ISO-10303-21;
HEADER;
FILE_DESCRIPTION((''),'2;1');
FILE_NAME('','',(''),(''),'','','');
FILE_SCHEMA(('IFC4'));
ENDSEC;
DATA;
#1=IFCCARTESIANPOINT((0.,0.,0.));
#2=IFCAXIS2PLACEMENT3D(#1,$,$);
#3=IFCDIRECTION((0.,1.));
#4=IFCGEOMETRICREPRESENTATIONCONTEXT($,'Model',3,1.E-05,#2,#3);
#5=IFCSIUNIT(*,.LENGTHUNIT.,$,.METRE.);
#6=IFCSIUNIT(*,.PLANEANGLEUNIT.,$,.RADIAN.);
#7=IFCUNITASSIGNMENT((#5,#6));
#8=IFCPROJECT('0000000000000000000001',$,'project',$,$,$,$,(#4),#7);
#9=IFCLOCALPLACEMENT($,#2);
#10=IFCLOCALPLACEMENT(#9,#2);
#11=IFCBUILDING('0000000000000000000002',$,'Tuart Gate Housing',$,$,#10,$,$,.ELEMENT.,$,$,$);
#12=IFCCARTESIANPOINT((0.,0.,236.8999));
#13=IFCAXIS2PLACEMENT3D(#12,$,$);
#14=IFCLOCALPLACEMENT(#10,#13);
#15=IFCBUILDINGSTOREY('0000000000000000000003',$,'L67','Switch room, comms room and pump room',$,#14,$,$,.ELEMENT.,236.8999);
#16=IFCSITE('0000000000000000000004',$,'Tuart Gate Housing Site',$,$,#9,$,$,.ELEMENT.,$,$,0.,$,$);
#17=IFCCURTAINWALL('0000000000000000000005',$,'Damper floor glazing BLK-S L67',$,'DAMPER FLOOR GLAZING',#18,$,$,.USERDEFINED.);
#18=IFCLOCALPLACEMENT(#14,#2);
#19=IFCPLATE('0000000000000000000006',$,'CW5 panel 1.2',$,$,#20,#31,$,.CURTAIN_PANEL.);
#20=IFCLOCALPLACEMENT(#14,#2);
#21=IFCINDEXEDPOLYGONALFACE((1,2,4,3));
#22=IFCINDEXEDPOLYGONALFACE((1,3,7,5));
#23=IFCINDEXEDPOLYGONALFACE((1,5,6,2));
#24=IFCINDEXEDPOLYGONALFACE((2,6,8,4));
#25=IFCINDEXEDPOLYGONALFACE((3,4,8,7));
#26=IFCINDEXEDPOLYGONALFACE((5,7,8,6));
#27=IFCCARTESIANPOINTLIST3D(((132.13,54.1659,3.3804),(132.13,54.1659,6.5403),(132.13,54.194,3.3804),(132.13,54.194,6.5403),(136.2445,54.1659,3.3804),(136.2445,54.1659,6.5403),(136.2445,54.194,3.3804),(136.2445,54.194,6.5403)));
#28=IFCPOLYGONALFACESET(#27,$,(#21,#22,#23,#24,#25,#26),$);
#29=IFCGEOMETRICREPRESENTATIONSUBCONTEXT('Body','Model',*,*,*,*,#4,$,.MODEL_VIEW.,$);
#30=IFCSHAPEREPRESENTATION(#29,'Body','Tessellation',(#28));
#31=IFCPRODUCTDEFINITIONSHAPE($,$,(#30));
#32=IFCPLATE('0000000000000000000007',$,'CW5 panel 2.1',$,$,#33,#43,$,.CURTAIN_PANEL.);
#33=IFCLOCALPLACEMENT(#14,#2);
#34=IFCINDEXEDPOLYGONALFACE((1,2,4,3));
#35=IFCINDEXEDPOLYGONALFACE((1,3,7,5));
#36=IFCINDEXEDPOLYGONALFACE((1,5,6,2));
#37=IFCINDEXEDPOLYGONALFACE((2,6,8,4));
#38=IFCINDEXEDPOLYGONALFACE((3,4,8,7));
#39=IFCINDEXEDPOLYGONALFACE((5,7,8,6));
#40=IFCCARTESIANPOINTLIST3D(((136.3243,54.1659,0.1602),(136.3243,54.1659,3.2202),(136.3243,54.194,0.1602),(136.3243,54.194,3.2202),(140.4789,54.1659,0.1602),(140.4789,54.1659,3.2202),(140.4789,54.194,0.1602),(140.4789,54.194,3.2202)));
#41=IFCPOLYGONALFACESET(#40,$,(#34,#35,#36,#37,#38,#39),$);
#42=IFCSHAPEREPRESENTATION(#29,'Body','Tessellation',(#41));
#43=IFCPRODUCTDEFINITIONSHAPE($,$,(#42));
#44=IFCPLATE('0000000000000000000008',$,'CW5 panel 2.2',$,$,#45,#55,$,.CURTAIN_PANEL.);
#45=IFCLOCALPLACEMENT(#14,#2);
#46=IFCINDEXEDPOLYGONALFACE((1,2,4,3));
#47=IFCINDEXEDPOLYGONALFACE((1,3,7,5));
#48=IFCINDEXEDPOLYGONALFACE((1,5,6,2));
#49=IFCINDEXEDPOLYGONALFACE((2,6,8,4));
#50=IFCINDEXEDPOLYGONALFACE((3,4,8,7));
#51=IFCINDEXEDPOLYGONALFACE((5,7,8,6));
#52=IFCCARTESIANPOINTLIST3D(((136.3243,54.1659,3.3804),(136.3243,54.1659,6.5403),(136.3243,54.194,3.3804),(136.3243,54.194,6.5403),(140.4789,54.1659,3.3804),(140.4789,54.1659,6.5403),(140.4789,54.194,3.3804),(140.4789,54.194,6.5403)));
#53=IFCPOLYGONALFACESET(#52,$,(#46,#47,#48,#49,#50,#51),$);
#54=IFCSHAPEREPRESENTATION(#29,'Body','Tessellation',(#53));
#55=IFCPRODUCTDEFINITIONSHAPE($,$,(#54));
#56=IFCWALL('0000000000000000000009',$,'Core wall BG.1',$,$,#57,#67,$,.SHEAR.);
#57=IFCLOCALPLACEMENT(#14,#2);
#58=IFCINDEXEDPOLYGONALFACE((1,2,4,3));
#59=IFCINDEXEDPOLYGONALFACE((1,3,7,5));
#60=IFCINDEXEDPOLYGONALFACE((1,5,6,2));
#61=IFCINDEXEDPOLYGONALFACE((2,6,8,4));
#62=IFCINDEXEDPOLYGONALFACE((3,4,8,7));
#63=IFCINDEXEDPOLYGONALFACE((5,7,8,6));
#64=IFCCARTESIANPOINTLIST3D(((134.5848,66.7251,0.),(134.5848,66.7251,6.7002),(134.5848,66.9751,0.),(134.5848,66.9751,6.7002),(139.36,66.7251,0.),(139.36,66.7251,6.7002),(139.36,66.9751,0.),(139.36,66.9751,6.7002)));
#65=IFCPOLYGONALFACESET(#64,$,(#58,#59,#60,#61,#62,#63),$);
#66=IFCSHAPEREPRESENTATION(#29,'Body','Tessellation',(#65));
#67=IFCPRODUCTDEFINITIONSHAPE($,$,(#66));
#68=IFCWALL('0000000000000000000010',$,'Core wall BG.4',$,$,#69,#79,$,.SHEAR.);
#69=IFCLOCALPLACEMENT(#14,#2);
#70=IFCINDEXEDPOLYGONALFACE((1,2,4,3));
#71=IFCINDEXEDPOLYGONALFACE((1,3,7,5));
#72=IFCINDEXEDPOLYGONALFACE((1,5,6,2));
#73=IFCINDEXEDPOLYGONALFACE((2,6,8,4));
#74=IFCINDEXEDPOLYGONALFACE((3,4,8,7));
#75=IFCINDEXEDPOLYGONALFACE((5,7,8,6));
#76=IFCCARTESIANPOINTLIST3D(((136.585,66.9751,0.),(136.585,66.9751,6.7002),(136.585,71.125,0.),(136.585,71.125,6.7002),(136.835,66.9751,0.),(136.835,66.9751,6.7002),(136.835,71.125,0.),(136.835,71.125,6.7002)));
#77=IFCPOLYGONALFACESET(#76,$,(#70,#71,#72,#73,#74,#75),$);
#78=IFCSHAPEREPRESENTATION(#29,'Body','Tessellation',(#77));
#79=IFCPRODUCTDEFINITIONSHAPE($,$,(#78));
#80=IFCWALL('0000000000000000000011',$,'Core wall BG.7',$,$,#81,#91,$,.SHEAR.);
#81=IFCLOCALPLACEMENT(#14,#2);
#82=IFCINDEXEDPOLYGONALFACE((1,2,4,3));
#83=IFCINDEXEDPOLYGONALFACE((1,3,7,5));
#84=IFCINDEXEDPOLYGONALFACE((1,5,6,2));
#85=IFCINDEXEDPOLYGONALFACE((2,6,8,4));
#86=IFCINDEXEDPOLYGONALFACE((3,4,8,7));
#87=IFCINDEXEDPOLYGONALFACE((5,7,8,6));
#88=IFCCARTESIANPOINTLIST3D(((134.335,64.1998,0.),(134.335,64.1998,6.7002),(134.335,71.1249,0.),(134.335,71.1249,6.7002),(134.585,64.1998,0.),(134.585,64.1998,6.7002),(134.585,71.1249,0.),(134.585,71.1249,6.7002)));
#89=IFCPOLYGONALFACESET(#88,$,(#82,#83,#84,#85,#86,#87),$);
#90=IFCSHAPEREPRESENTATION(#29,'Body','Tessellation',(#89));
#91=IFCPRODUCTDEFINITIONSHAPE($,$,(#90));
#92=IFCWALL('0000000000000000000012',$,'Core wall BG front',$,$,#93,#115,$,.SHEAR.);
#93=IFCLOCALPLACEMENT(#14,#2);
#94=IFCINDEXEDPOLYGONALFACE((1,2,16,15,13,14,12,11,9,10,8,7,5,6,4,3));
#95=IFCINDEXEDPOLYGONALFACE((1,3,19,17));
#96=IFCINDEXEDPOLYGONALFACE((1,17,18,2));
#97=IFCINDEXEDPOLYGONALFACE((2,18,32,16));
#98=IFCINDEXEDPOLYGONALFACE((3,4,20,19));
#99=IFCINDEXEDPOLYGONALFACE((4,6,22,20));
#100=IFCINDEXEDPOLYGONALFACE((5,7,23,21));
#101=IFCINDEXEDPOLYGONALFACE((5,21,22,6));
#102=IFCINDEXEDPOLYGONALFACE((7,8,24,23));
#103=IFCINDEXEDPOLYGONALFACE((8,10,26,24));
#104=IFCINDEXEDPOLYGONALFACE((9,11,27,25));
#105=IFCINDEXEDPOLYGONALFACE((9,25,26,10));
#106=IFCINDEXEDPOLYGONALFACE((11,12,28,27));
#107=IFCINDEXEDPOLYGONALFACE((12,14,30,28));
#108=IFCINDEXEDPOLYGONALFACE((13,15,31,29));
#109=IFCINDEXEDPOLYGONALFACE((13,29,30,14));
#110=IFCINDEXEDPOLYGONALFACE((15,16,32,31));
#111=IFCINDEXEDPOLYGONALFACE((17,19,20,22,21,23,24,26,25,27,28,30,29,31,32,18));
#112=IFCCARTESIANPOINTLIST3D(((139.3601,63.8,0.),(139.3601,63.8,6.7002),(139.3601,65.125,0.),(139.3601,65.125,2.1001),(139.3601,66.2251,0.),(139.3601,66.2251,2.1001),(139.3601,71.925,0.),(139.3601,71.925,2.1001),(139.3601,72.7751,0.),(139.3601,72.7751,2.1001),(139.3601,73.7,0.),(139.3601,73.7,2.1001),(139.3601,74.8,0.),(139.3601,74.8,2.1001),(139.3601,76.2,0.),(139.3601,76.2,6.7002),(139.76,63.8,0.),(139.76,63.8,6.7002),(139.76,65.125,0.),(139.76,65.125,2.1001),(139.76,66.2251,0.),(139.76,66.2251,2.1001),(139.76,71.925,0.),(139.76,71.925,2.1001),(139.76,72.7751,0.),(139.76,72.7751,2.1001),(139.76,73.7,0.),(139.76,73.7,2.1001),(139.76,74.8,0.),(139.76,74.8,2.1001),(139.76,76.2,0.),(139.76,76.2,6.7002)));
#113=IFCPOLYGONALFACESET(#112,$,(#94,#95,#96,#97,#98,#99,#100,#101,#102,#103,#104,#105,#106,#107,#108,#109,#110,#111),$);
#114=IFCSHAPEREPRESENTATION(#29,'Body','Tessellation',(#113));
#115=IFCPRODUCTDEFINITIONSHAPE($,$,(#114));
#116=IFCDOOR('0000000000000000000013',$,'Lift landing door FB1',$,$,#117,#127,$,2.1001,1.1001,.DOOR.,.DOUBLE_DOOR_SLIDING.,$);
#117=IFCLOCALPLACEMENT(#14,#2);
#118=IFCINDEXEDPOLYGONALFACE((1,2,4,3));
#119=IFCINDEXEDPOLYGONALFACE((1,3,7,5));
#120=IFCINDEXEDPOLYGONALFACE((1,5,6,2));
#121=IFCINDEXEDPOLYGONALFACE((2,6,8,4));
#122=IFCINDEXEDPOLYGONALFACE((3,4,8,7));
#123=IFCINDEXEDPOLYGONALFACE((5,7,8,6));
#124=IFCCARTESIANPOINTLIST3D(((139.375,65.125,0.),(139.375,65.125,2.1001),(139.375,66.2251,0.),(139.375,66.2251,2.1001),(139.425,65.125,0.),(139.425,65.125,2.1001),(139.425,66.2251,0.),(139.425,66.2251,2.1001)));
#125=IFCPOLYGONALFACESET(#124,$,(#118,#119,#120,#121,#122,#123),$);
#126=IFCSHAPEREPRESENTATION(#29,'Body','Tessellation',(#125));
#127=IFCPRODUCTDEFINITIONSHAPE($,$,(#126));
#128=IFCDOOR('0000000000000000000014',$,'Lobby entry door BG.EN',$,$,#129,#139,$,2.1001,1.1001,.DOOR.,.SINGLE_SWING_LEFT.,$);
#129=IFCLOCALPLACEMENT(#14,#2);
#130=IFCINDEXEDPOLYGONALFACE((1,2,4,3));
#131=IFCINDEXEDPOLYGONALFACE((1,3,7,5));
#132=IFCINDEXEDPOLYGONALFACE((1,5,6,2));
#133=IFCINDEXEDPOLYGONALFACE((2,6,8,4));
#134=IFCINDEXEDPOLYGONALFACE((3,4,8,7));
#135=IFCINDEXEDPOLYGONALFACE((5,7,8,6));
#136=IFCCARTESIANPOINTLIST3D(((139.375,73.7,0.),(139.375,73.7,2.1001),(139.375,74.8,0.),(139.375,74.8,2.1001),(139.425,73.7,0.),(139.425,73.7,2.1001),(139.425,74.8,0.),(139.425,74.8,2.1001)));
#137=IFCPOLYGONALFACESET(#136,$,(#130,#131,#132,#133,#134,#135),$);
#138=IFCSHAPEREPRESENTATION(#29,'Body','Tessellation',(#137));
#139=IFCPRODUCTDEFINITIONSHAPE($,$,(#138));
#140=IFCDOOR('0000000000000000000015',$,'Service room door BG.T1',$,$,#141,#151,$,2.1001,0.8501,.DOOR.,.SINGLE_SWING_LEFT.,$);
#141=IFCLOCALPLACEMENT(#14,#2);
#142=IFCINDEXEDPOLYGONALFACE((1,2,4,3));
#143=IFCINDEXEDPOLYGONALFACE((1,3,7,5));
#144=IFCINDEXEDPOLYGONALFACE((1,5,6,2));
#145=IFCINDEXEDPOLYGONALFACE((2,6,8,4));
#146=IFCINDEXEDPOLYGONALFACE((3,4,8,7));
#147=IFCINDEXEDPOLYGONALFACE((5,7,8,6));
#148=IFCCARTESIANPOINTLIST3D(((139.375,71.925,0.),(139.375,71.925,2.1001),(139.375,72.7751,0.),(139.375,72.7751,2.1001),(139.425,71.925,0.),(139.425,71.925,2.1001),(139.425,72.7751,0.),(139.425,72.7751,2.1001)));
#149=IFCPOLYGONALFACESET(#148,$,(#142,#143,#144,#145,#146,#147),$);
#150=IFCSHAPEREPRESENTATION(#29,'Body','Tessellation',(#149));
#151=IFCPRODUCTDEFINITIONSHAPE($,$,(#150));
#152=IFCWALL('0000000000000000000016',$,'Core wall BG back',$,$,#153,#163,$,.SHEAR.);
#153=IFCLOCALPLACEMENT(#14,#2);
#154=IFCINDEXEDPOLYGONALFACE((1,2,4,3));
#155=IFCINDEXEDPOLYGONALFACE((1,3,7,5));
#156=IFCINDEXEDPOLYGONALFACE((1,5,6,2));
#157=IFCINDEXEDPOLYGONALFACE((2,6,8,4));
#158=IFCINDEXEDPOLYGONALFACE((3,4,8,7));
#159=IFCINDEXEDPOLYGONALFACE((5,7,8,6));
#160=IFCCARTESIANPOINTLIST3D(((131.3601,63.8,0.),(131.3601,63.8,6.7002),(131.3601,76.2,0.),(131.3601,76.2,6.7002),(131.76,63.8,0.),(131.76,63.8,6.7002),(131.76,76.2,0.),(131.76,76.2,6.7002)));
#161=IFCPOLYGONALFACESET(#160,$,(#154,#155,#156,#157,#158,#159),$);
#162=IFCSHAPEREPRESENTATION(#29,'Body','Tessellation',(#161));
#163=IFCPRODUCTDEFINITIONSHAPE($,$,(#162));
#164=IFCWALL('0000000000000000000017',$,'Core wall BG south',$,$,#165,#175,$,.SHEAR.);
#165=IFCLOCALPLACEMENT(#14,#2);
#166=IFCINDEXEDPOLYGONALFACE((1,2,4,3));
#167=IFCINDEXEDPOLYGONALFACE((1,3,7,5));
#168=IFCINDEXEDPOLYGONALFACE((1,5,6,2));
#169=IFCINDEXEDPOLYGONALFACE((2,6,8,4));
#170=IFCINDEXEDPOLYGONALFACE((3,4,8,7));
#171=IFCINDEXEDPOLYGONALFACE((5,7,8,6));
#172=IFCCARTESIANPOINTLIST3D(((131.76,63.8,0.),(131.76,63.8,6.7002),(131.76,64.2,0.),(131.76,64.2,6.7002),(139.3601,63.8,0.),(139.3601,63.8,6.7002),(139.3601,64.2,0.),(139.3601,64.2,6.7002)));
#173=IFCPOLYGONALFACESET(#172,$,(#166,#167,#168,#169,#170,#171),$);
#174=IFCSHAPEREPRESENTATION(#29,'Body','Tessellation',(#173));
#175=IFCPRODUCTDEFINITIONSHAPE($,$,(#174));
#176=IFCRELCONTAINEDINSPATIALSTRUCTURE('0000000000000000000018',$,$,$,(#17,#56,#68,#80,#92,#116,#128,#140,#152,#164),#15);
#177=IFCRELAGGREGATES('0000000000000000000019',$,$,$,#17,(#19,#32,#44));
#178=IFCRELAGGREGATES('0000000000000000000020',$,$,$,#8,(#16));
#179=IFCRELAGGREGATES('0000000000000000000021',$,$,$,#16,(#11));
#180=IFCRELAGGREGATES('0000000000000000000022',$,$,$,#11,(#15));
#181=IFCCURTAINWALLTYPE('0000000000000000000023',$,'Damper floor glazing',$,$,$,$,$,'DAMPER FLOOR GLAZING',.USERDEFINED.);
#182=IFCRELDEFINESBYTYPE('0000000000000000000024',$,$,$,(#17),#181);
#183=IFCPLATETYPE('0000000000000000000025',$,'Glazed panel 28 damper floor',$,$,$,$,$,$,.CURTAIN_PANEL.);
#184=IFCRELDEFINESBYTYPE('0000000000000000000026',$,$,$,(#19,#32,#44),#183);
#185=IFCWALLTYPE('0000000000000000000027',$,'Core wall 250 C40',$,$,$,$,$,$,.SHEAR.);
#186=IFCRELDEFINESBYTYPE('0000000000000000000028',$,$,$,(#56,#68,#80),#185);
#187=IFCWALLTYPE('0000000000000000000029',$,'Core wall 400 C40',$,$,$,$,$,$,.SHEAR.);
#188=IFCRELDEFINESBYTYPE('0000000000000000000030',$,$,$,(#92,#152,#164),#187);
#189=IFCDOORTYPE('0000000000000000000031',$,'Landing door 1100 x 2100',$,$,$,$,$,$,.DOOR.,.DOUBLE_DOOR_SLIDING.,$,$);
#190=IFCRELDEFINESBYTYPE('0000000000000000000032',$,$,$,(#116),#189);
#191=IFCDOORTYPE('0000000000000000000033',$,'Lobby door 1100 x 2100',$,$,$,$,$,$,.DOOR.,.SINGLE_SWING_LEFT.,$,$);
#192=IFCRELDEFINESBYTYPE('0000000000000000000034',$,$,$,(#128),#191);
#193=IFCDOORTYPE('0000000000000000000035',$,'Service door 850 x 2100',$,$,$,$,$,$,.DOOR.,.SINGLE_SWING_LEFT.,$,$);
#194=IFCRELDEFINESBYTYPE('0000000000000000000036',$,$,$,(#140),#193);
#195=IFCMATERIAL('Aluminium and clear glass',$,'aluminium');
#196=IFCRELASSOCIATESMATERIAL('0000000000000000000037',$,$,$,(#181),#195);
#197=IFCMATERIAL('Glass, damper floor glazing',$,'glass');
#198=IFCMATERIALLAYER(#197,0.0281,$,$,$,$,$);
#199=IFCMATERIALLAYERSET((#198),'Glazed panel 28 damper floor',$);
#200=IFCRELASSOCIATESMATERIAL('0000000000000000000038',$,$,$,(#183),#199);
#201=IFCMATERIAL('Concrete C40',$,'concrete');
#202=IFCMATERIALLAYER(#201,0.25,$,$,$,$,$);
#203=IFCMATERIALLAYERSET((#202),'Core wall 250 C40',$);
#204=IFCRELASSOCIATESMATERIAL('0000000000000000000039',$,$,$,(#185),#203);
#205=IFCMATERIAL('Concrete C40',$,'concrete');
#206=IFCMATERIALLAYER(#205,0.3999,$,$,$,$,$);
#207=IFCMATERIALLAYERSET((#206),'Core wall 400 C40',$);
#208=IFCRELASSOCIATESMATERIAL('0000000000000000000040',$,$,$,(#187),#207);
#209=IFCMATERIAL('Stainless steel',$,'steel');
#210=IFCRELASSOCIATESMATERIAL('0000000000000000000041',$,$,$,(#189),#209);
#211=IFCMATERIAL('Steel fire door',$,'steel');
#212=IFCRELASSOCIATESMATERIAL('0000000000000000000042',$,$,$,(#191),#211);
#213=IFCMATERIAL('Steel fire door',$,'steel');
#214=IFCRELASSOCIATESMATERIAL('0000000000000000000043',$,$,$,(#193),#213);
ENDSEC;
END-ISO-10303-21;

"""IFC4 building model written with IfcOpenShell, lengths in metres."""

from ifc_helpers import new_model, si_unit, direction, frame, frame_2d, origin, origin_2d, place, context, subcontext, project, spatial, rectangle, extrude, material, layer, layer_set, type_object, element, fill, aggregate, save


model = new_model("IFC4")

# Units and contexts
model_context = context("Model", 3, precision=1e-05, world=origin(), true_north=direction((0.0, 1.0)))
body_context = subcontext(model_context, "Body", "Model", "MODEL_VIEW")
ifc_project = project(units=[si_unit("LENGTHUNIT", "METRE"), si_unit("PLANEANGLEUNIT", "RADIAN")], contexts=[model_context])

# Site, building, storey
site_placement = place(None, origin())
site = spatial("IfcSite", under=ifc_project, at=site_placement, Name="Tuart Gate Housing Site", CompositionType="ELEMENT", RefElevation=0.0)
building_placement = place(site_placement, origin())
building = spatial("IfcBuilding", under=site, at=building_placement, Name="Tuart Gate Housing", CompositionType="ELEMENT")
storey_placement = place(building_placement, frame((0.0, 0.0, 236.8999)))
storey = spatial("IfcBuildingStorey", under=building, at=storey_placement, Name="L67", Description="Switch room, comms room and pump room", CompositionType="ELEMENT", Elevation=236.8999)

# Curtain wall
ifc_material_1 = material(Name="Aluminium and clear glass", Category="aluminium")
curtain_wall_type = type_object("IfcCurtainWallType", Name="Damper floor glazing", ElementType="DAMPER FLOOR GLAZING", PredefinedType="USERDEFINED", material=ifc_material_1)
curtain_wall_placement = place(storey_placement, origin())
curtain_wall = element("IfcCurtainWall", 1, at=curtain_wall_placement, inside=storey, type_object=curtain_wall_type, Name="Damper floor glazing BLK-S L67", ObjectType="DAMPER FLOOR GLAZING", PredefinedType="USERDEFINED")

# Plates
ifc_material_2 = material(Name="Glass, damper floor glazing", Category="glass")
ifc_layer_1 = layer(ifc_material_2, 0.0281)
ifc_layer_set_1 = layer_set([ifc_layer_1], Name="Glazed panel 28 damper floor")
plate_type = type_object("IfcPlateType", Name="Glazed panel 28 damper floor", PredefinedType="CURTAIN_PANEL", material=ifc_layer_set_1)
plate_1_placement = place(storey_placement, frame((134.1873, 54.1799, 3.3804), z_axis=(0.0, 0.0, 1.0), x_axis=(1.0, 0.0, 0.0)))
plate_1 = element("IfcPlate", 2, at=plate_1_placement, type_object=plate_type, Name="CW5 panel 1.2", PredefinedType="CURTAIN_PANEL", context=body_context, shape_type="SweptSolid", body=[
    extrude(rectangle(XDim=4.1145, YDim=0.0281, at=origin_2d()), origin(), (0.0, 0.0, 1.0), 3.1599),
])
plate_2_placement = place(storey_placement, frame((138.4016, 54.1799, 0.1602), z_axis=(0.0, 0.0, 1.0), x_axis=(1.0, 0.0, 0.0)))
plate_2 = element("IfcPlate", 3, at=plate_2_placement, type_object=plate_type, Name="CW5 panel 2.1", PredefinedType="CURTAIN_PANEL", context=body_context, shape_type="SweptSolid", body=[
    extrude(rectangle(XDim=4.1545, YDim=0.0281, at=origin_2d()), origin(), (0.0, 0.0, 1.0), 3.0601),
])
plate_3_placement = place(storey_placement, frame((138.4016, 54.1799, 3.3804), z_axis=(0.0, 0.0, 1.0), x_axis=(1.0, 0.0, 0.0)))
plate_3 = element("IfcPlate", 4, at=plate_3_placement, type_object=plate_type, Name="CW5 panel 2.2", PredefinedType="CURTAIN_PANEL", context=body_context, shape_type="SweptSolid", body=[
    extrude(rectangle(XDim=4.1545, YDim=0.0281, at=origin_2d()), origin(), (0.0, 0.0, 1.0), 3.1599),
])
aggregate(curtain_wall, [plate_1, plate_2, plate_3])

# Walls
ifc_material_3 = material(Name="Concrete C40", Category="concrete")
ifc_layer_2 = layer(ifc_material_3, 0.25)
ifc_layer_set_2 = layer_set([ifc_layer_2], Name="Core wall 250 C40")
wall_type_1 = type_object("IfcWallType", Name="Core wall 250 C40", PredefinedType="SHEAR", material=ifc_layer_set_2)
wall_1_placement = place(storey_placement, frame((139.3601, 66.8501, 0.0), z_axis=(0.0, 0.0, 1.0), x_axis=(-1.0, 0.0, 0.0)))
element("IfcWall", 5, at=wall_1_placement, inside=storey, type_object=wall_type_1, Name="Core wall BG.1", PredefinedType="SHEAR", context=body_context, shape_type="SweptSolid", body=[
    extrude(rectangle(XDim=4.7751, YDim=0.25, at=frame_2d((2.3877, 0.0))), origin(), (0.0, 0.0, 1.0), 6.7002),
])
wall_2_placement = place(storey_placement, frame((136.71, 66.9751, 0.0), z_axis=(0.0, 0.0, 1.0), x_axis=(0.0, 1.0, 0.0)))
element("IfcWall", 6, at=wall_2_placement, inside=storey, type_object=wall_type_1, Name="Core wall BG.4", PredefinedType="SHEAR", context=body_context, shape_type="SweptSolid", body=[
    extrude(rectangle(XDim=4.1499, YDim=0.25, at=frame_2d((2.075, 0.0))), origin(), (0.0, 0.0, 1.0), 6.7002),
])
wall_3_placement = place(storey_placement, frame((134.46, 64.2, 0.0), z_axis=(0.0, 0.0, 1.0), x_axis=(0.0, 1.0, 0.0)))
element("IfcWall", 7, at=wall_3_placement, inside=storey, type_object=wall_type_1, Name="Core wall BG.7", PredefinedType="SHEAR", context=body_context, shape_type="SweptSolid", body=[
    extrude(rectangle(XDim=6.925, YDim=0.25, at=frame_2d((3.4624, 0.0))), origin(), (0.0, 0.0, 1.0), 6.7002),
])

# Wall, openings, doors
ifc_material_4 = material(Name="Concrete C40", Category="concrete")
ifc_layer_3 = layer(ifc_material_4, 0.3999)
ifc_layer_set_3 = layer_set([ifc_layer_3], Name="Core wall 400 C40")
wall_type_2 = type_object("IfcWallType", Name="Core wall 400 C40", PredefinedType="SHEAR", material=ifc_layer_set_3)
wall_4_placement = place(storey_placement, frame((139.5601, 63.8, 0.0), z_axis=(0.0, 0.0, 1.0), x_axis=(0.0, 1.0, 0.0)))
wall_4 = element("IfcWall", 8, at=wall_4_placement, inside=storey, type_object=wall_type_2, Name="Core wall BG front", PredefinedType="SHEAR", context=body_context, shape_type="SweptSolid", body=[
    extrude(rectangle(XDim=12.3999, YDim=0.3999, at=frame_2d((6.2, 0.0))), origin(), (0.0, 0.0, 1.0), 6.7002),
])
opening_1_placement = place(wall_4_placement, frame((1.325, 0.0, 0.0)))
opening_1 = element("IfcOpeningElement", 9, at=opening_1_placement, cuts=wall_4, PredefinedType="OPENING", context=body_context, shape_type="SweptSolid", body=[
    extrude(rectangle(XDim=1.1001, YDim=2.1001, at=frame_2d((0.55, 1.05))), frame((0.0, 0.21, 0.0), z_axis=(0.0, -1.0, 0.0), x_axis=(1.0, 0.0, 0.0)), (0.0, 0.0, 1.0), 0.4199),
])
opening_2_placement = place(wall_4_placement, frame((9.8999, 0.0, 0.0)))
opening_2 = element("IfcOpeningElement", 10, at=opening_2_placement, cuts=wall_4, PredefinedType="OPENING", context=body_context, shape_type="SweptSolid", body=[
    extrude(rectangle(XDim=1.1001, YDim=2.1001, at=frame_2d((0.55, 1.05))), frame((0.0, 0.21, 0.0), z_axis=(0.0, -1.0, 0.0), x_axis=(1.0, 0.0, 0.0)), (0.0, 0.0, 1.0), 0.4199),
])
opening_3_placement = place(wall_4_placement, frame((8.125, 0.0, 0.0)))
opening_3 = element("IfcOpeningElement", 11, at=opening_3_placement, cuts=wall_4, PredefinedType="OPENING", context=body_context, shape_type="SweptSolid", body=[
    extrude(rectangle(XDim=0.8501, YDim=2.1001, at=frame_2d((0.425, 1.05))), frame((0.0, 0.21, 0.0), z_axis=(0.0, -1.0, 0.0), x_axis=(1.0, 0.0, 0.0)), (0.0, 0.0, 1.0), 0.4199),
])
ifc_material_5 = material(Name="Stainless steel", Category="steel")
door_type_1 = type_object("IfcDoorType", Name="Landing door 1100 x 2100", OperationType="DOUBLE_DOOR_SLIDING", PredefinedType="DOOR", material=ifc_material_5)
door_1_placement = place(opening_1_placement, origin())
door_1 = element("IfcDoor", 12, at=door_1_placement, inside=storey, type_object=door_type_1, Name="Lift landing door FB1", OperationType="DOUBLE_DOOR_SLIDING", OverallHeight=2.1001, OverallWidth=1.1001, PredefinedType="DOOR", context=body_context, shape_type="SweptSolid", body=[
    extrude(rectangle(XDim=1.1001, YDim=2.1001, at=frame_2d((0.55, 1.05))), frame((0.0, 0.1851, 0.0), z_axis=(0.0, -1.0, 0.0), x_axis=(1.0, 0.0, 0.0)), (0.0, 0.0, 1.0), 0.05),
])
fill(opening_1, door_1)
ifc_material_6 = material(Name="Steel fire door", Category="steel")
door_type_2 = type_object("IfcDoorType", Name="Lobby door 1100 x 2100", OperationType="SINGLE_SWING_LEFT", PredefinedType="DOOR", material=ifc_material_6)
door_2_placement = place(opening_2_placement, origin())
door_2 = element("IfcDoor", 13, at=door_2_placement, inside=storey, type_object=door_type_2, Name="Lobby entry door BG.EN", OperationType="SINGLE_SWING_LEFT", OverallHeight=2.1001, OverallWidth=1.1001, PredefinedType="DOOR", context=body_context, shape_type="SweptSolid", body=[
    extrude(rectangle(XDim=1.1001, YDim=2.1001, at=frame_2d((0.55, 1.05))), frame((0.0, 0.1851, 0.0), z_axis=(0.0, -1.0, 0.0), x_axis=(1.0, 0.0, 0.0)), (0.0, 0.0, 1.0), 0.05),
])
fill(opening_2, door_2)
ifc_material_7 = material(Name="Steel fire door", Category="steel")
door_type_3 = type_object("IfcDoorType", Name="Service door 850 x 2100", OperationType="SINGLE_SWING_LEFT", PredefinedType="DOOR", material=ifc_material_7)
door_3_placement = place(opening_3_placement, origin())
door_3 = element("IfcDoor", 14, at=door_3_placement, inside=storey, type_object=door_type_3, Name="Service room door BG.T1", OperationType="SINGLE_SWING_LEFT", OverallHeight=2.1001, OverallWidth=0.8501, PredefinedType="DOOR", context=body_context, shape_type="SweptSolid", body=[
    extrude(rectangle(XDim=0.8501, YDim=2.1001, at=frame_2d((0.425, 1.05))), frame((0.0, 0.1851, 0.0), z_axis=(0.0, -1.0, 0.0), x_axis=(1.0, 0.0, 0.0)), (0.0, 0.0, 1.0), 0.05),
])
fill(opening_3, door_3)

# Walls
wall_5_placement = place(storey_placement, frame((131.5601, 63.8, 0.0), z_axis=(0.0, 0.0, 1.0), x_axis=(0.0, 1.0, 0.0)))
element("IfcWall", 15, at=wall_5_placement, inside=storey, type_object=wall_type_2, Name="Core wall BG back", PredefinedType="SHEAR", context=body_context, shape_type="SweptSolid", body=[
    extrude(rectangle(XDim=12.3999, YDim=0.3999, at=frame_2d((6.2, 0.0))), origin(), (0.0, 0.0, 1.0), 6.7002),
])
wall_6_placement = place(storey_placement, frame((139.3601, 64.0, 0.0), z_axis=(0.0, 0.0, 1.0), x_axis=(-1.0, 0.0, 0.0)))
element("IfcWall", 16, at=wall_6_placement, inside=storey, type_object=wall_type_2, Name="Core wall BG south", PredefinedType="SHEAR", context=body_context, shape_type="SweptSolid", body=[
    extrude(rectangle(XDim=7.6001, YDim=0.3999, at=frame_2d((3.8, 0.0))), origin(), (0.0, 0.0, 1.0), 6.7002),
])

save(model, "model.ifc")
